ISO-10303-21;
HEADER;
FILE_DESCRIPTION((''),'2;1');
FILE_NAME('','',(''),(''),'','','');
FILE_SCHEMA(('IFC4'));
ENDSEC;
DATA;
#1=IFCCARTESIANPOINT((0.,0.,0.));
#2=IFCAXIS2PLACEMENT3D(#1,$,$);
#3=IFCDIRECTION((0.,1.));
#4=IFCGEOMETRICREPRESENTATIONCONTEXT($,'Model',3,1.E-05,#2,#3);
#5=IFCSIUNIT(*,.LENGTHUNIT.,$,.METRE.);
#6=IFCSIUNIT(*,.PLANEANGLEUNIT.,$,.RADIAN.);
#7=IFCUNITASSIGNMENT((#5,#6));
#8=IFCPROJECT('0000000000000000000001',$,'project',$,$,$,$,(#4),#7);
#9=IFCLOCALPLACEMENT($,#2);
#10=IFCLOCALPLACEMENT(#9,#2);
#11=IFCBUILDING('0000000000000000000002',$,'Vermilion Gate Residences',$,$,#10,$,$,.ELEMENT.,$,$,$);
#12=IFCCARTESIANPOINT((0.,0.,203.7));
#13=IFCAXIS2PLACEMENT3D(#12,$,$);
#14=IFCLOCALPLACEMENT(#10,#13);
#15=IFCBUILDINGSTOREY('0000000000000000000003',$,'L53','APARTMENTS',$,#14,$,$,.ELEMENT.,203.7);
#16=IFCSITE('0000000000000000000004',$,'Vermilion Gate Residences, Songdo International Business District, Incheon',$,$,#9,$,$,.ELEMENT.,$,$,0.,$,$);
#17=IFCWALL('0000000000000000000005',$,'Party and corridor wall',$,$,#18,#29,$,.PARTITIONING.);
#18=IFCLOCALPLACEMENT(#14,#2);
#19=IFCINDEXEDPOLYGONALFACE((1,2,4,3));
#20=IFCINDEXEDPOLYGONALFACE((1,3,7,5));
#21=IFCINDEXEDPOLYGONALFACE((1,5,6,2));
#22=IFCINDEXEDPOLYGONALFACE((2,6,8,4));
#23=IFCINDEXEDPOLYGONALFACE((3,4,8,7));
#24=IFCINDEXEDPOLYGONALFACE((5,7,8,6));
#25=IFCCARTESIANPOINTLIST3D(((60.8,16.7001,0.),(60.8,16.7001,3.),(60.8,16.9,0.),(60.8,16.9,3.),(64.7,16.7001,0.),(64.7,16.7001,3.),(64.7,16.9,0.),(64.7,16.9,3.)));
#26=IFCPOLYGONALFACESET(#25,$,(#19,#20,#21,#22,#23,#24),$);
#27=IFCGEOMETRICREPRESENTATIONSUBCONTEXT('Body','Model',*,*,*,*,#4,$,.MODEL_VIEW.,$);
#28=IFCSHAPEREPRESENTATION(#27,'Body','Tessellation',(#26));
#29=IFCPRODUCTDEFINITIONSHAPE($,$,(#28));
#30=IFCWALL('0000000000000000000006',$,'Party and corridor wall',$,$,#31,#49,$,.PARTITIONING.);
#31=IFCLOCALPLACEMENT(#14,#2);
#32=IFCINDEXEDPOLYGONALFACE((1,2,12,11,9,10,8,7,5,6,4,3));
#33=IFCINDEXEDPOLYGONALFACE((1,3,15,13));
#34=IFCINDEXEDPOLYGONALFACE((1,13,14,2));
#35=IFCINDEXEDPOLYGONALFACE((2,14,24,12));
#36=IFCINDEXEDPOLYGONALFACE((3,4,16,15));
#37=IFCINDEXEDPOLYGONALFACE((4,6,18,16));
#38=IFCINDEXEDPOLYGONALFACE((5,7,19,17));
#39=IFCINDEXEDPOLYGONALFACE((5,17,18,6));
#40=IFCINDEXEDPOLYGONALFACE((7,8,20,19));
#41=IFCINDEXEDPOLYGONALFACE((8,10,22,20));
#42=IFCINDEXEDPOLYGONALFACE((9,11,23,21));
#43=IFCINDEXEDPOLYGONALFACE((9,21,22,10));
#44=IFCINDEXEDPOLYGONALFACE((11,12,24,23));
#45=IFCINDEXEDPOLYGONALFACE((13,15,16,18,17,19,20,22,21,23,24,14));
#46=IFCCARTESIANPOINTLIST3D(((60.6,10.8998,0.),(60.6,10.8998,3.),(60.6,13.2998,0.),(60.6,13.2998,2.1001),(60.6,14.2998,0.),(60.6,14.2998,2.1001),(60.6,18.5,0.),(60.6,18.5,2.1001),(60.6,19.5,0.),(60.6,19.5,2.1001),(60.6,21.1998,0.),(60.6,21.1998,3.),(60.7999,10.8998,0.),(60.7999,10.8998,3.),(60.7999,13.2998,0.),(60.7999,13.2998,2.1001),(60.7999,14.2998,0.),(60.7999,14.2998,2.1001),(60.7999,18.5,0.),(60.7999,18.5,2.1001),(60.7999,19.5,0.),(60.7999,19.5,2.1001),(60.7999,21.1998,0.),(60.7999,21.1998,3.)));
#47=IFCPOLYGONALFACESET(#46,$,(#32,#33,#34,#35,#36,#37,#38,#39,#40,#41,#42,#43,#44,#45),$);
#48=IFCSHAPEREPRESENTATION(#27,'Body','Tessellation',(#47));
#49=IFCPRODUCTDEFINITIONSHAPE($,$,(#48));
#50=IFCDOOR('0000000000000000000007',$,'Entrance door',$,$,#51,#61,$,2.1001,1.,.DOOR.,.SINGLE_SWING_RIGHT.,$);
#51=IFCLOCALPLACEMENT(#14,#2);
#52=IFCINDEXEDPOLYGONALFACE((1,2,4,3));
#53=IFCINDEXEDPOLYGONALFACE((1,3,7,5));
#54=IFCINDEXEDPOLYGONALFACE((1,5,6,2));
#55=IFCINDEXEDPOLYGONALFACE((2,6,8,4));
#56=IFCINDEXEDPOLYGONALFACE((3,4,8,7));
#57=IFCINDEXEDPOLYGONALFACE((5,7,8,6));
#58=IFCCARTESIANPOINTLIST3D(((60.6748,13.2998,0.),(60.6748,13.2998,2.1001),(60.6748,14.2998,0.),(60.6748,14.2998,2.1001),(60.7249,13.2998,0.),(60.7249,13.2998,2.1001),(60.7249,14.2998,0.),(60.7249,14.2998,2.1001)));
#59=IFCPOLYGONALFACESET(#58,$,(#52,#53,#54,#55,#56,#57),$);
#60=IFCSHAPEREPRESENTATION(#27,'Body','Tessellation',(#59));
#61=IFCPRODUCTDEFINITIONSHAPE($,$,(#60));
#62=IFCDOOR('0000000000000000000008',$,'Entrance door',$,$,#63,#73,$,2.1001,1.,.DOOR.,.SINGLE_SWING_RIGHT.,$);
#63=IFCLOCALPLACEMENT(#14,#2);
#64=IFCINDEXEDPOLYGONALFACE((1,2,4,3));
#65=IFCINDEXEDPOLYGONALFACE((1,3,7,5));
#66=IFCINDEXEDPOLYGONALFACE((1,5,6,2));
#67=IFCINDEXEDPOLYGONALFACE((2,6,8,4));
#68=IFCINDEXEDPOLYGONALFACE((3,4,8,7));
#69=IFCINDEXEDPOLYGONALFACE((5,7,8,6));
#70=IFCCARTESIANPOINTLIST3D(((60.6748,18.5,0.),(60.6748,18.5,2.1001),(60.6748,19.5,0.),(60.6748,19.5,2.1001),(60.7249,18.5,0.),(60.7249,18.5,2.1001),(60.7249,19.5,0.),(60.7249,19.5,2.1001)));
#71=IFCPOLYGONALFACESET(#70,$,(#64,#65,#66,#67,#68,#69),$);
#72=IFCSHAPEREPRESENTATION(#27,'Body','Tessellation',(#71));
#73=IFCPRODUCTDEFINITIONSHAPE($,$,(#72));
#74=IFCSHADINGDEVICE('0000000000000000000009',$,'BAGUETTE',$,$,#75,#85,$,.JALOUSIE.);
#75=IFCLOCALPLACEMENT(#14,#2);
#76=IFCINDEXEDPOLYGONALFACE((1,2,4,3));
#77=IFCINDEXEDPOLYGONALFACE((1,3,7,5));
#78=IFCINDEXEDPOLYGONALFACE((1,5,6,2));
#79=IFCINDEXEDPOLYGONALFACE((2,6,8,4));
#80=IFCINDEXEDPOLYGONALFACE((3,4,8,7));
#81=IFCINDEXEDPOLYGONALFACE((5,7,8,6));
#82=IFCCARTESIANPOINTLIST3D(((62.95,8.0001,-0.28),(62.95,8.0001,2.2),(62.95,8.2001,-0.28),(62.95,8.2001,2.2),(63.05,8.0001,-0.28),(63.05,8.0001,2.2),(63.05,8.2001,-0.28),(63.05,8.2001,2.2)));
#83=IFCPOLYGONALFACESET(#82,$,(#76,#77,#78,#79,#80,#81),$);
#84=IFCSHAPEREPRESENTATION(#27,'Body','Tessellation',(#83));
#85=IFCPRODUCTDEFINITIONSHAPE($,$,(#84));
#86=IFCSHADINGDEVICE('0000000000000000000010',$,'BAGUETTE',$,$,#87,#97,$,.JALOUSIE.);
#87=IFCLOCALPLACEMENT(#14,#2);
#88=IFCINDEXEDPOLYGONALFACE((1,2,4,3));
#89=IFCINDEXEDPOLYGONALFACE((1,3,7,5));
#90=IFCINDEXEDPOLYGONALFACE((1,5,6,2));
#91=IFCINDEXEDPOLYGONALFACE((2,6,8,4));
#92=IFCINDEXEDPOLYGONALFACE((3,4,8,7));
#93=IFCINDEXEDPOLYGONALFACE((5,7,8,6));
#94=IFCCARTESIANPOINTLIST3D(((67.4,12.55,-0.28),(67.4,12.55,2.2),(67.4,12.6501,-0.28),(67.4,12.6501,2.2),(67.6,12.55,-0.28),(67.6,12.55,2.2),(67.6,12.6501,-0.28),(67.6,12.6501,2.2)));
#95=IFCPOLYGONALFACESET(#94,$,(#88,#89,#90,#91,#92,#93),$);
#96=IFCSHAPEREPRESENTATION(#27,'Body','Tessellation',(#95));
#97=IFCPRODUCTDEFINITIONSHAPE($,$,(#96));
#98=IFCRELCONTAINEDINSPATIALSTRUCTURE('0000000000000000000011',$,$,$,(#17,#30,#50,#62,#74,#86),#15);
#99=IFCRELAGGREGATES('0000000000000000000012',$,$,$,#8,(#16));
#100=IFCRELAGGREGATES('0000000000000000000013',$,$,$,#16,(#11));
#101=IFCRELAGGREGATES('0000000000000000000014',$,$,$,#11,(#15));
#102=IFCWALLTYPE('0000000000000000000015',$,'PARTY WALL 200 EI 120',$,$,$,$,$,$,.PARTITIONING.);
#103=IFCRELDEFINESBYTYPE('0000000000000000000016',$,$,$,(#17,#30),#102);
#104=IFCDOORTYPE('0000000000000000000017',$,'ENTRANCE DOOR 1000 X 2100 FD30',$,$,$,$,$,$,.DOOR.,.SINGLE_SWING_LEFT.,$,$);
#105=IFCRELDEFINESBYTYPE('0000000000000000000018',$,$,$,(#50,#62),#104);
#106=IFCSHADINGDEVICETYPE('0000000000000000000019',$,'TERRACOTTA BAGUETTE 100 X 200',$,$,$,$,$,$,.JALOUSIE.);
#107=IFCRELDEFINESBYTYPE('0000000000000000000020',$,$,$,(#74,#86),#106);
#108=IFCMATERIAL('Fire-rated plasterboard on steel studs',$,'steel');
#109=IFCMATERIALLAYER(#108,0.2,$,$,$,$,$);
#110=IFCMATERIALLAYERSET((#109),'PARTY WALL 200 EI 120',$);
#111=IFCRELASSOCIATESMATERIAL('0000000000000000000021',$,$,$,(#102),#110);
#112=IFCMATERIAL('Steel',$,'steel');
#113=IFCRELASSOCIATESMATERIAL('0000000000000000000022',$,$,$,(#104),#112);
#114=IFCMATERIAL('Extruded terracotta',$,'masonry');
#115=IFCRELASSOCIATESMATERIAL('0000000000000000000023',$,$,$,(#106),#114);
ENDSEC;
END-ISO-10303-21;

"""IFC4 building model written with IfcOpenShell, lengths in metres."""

from ifc_helpers import new_model, si_unit, direction, frame, frame_2d, origin, origin_2d, place, context, subcontext, project, spatial, rectangle, extrude, material, layer, layer_set, material_profile, profile_set, type_object, element, fill, save


model = new_model("IFC4")

# Units and contexts
model_context = context("Model", 3, precision=1e-05, world=origin(), true_north=direction((0.0, 1.0)))
body_context = subcontext(model_context, "Body", "Model", "MODEL_VIEW")
ifc_project = project(units=[si_unit("LENGTHUNIT", "METRE"), si_unit("PLANEANGLEUNIT", "RADIAN")], contexts=[model_context])

# Site, building, storey
site_placement = place(None, origin())
site = spatial("IfcSite", under=ifc_project, at=site_placement, Name="Vermilion Gate Residences, Songdo International Business District, Incheon", CompositionType="ELEMENT", RefElevation=0.0)
building_placement = place(site_placement, origin())
building = spatial("IfcBuilding", under=site, at=building_placement, Name="Vermilion Gate Residences", CompositionType="ELEMENT")
storey_placement = place(building_placement, frame((0.0, 0.0, 203.7)))
storey = spatial("IfcBuildingStorey", under=building, at=storey_placement, Name="L53", Description="APARTMENTS", CompositionType="ELEMENT", Elevation=203.7)

# Wall
ifc_material_1 = material(Name="Fire-rated plasterboard on steel studs", Category="steel")
ifc_layer_1 = layer(ifc_material_1, 0.2)
ifc_layer_set_1 = layer_set([ifc_layer_1], Name="PARTY WALL 200 EI 120")
wall_type_1 = type_object("IfcWallType", Name="PARTY WALL 200 EI 120", PredefinedType="PARTITIONING", material=ifc_layer_set_1)
wall_1_placement = place(storey_placement, frame((60.8, 16.8, 0.0), z_axis=(0.0, 0.0, 1.0), x_axis=(1.0, 0.0, 0.0)))
element("IfcWall", 1, at=wall_1_placement, inside=storey, type_object=wall_type_1, Name="Party and corridor wall", PredefinedType="PARTITIONING", context=body_context, shape_type="SweptSolid", body=[
    extrude(rectangle(XDim=3.8999, YDim=0.2, at=frame_2d((1.95, 0.0))), origin(), (0.0, 0.0, 1.0), 3.0),
])

# Wall, openings, doors
wall_2_placement = place(storey_placement, frame((60.7, 10.8999, 0.0), z_axis=(0.0, 0.0, 1.0), x_axis=(0.0, 1.0, 0.0)))
wall_2 = element("IfcWall", 2, at=wall_2_placement, inside=storey, type_object=wall_type_1, Name="Party and corridor wall", PredefinedType="PARTITIONING", context=body_context, shape_type="SweptSolid", body=[
    extrude(rectangle(XDim=10.3, YDim=0.2, at=frame_2d((5.1499, 0.0))), origin(), (0.0, 0.0, 1.0), 3.0),
])
opening_1_placement = place(wall_2_placement, frame((2.3999, 0.0, 0.0)))
opening_1 = element("IfcOpeningElement", 3, at=opening_1_placement, cuts=wall_2, PredefinedType="OPENING", context=body_context, shape_type="SweptSolid", body=[
    extrude(rectangle(XDim=1.0, YDim=2.1001, at=frame_2d((0.5, 1.05))), frame((0.0, 0.1099, 0.0), z_axis=(0.0, -1.0, 0.0), x_axis=(1.0, 0.0, 0.0)), (0.0, 0.0, 1.0), 0.22),
])
opening_2_placement = place(wall_2_placement, frame((7.6001, 0.0, 0.0)))
opening_2 = element("IfcOpeningElement", 4, at=opening_2_placement, cuts=wall_2, PredefinedType="OPENING", context=body_context, shape_type="SweptSolid", body=[
    extrude(rectangle(XDim=1.0, YDim=2.1001, at=frame_2d((0.5, 1.05))), frame((0.0, 0.1099, 0.0), z_axis=(0.0, -1.0, 0.0), x_axis=(1.0, 0.0, 0.0)), (0.0, 0.0, 1.0), 0.22),
])
ifc_material_2 = material(Name="Steel", Category="steel")
door_type_1 = type_object("IfcDoorType", Name="ENTRANCE DOOR 1000 X 2100 FD30", OperationType="SINGLE_SWING_LEFT", PredefinedType="DOOR", material=ifc_material_2)
door_1_placement = place(opening_1_placement, frame((1.0, 0.0, 0.0), z_axis=(0.0, 0.0, 1.0), x_axis=(-1.0, 0.0, 0.0)))
door_1 = element("IfcDoor", 5, at=door_1_placement, inside=storey, type_object=door_type_1, Name="Entrance door", OperationType="SINGLE_SWING_RIGHT", OverallHeight=2.1001, OverallWidth=1.0, PredefinedType="DOOR", context=body_context, shape_type="SweptSolid", body=[
    extrude(rectangle(XDim=1.0, YDim=2.1001, at=frame_2d((0.5, 1.05))), frame((0.0, 0.0249, 0.0), z_axis=(0.0, -1.0, 0.0), x_axis=(1.0, 0.0, 0.0)), (0.0, 0.0, 1.0), 0.05),
])
fill(opening_1, door_1)
door_2_placement = place(opening_2_placement, frame((1.0, 0.0, 0.0), z_axis=(0.0, 0.0, 1.0), x_axis=(-1.0, 0.0, 0.0)))
door_2 = element("IfcDoor", 6, at=door_2_placement, inside=storey, type_object=door_type_1, Name="Entrance door", OperationType="SINGLE_SWING_RIGHT", OverallHeight=2.1001, OverallWidth=1.0, PredefinedType="DOOR", context=body_context, shape_type="SweptSolid", body=[
    extrude(rectangle(XDim=1.0, YDim=2.1001, at=frame_2d((0.5, 1.05))), frame((0.0, 0.0249, 0.0), z_axis=(0.0, -1.0, 0.0), x_axis=(1.0, 0.0, 0.0)), (0.0, 0.0, 1.0), 0.05),
])
fill(opening_2, door_2)

# Shading devices
ifc_material_3 = material(Name="Extruded terracotta", Category="masonry")
ifc_material_profile_1 = material_profile(ifc_material_3, rectangle(XDim=0.2, YDim=0.1001, at=origin_2d()), Name="BAGUETTE 100 X 200")
ifc_profile_set_1 = profile_set([ifc_material_profile_1], Name="Extruded terracotta")
shading_device_type = type_object("IfcShadingDeviceType", Name="TERRACOTTA BAGUETTE 100 X 200", PredefinedType="JALOUSIE", material=ifc_profile_set_1)
for number, where, z_axis, x_axis, name in (
    (7, (63.0, 8.1001, -0.28), (0.0, 0.0, 1.0), (0.0, 1.0, 0.0), "BAGUETTE"),
    (8, (67.5, 12.6001, -0.28), (0.0, 0.0, 1.0), (-1.0, 0.0, 0.0), "BAGUETTE"),
):
    element("IfcShadingDevice", number, at=place(storey_placement, frame(where, z_axis=z_axis, x_axis=x_axis)), inside=storey, type_object=shading_device_type, Name=name, PredefinedType="JALOUSIE", context=body_context, shape_type="SweptSolid", body=[
        extrude(rectangle(XDim=0.2, YDim=0.1001, at=origin_2d()), origin(), (0.0, 0.0, 1.0), 2.48),
    ])

save(model, "model.ifc")
